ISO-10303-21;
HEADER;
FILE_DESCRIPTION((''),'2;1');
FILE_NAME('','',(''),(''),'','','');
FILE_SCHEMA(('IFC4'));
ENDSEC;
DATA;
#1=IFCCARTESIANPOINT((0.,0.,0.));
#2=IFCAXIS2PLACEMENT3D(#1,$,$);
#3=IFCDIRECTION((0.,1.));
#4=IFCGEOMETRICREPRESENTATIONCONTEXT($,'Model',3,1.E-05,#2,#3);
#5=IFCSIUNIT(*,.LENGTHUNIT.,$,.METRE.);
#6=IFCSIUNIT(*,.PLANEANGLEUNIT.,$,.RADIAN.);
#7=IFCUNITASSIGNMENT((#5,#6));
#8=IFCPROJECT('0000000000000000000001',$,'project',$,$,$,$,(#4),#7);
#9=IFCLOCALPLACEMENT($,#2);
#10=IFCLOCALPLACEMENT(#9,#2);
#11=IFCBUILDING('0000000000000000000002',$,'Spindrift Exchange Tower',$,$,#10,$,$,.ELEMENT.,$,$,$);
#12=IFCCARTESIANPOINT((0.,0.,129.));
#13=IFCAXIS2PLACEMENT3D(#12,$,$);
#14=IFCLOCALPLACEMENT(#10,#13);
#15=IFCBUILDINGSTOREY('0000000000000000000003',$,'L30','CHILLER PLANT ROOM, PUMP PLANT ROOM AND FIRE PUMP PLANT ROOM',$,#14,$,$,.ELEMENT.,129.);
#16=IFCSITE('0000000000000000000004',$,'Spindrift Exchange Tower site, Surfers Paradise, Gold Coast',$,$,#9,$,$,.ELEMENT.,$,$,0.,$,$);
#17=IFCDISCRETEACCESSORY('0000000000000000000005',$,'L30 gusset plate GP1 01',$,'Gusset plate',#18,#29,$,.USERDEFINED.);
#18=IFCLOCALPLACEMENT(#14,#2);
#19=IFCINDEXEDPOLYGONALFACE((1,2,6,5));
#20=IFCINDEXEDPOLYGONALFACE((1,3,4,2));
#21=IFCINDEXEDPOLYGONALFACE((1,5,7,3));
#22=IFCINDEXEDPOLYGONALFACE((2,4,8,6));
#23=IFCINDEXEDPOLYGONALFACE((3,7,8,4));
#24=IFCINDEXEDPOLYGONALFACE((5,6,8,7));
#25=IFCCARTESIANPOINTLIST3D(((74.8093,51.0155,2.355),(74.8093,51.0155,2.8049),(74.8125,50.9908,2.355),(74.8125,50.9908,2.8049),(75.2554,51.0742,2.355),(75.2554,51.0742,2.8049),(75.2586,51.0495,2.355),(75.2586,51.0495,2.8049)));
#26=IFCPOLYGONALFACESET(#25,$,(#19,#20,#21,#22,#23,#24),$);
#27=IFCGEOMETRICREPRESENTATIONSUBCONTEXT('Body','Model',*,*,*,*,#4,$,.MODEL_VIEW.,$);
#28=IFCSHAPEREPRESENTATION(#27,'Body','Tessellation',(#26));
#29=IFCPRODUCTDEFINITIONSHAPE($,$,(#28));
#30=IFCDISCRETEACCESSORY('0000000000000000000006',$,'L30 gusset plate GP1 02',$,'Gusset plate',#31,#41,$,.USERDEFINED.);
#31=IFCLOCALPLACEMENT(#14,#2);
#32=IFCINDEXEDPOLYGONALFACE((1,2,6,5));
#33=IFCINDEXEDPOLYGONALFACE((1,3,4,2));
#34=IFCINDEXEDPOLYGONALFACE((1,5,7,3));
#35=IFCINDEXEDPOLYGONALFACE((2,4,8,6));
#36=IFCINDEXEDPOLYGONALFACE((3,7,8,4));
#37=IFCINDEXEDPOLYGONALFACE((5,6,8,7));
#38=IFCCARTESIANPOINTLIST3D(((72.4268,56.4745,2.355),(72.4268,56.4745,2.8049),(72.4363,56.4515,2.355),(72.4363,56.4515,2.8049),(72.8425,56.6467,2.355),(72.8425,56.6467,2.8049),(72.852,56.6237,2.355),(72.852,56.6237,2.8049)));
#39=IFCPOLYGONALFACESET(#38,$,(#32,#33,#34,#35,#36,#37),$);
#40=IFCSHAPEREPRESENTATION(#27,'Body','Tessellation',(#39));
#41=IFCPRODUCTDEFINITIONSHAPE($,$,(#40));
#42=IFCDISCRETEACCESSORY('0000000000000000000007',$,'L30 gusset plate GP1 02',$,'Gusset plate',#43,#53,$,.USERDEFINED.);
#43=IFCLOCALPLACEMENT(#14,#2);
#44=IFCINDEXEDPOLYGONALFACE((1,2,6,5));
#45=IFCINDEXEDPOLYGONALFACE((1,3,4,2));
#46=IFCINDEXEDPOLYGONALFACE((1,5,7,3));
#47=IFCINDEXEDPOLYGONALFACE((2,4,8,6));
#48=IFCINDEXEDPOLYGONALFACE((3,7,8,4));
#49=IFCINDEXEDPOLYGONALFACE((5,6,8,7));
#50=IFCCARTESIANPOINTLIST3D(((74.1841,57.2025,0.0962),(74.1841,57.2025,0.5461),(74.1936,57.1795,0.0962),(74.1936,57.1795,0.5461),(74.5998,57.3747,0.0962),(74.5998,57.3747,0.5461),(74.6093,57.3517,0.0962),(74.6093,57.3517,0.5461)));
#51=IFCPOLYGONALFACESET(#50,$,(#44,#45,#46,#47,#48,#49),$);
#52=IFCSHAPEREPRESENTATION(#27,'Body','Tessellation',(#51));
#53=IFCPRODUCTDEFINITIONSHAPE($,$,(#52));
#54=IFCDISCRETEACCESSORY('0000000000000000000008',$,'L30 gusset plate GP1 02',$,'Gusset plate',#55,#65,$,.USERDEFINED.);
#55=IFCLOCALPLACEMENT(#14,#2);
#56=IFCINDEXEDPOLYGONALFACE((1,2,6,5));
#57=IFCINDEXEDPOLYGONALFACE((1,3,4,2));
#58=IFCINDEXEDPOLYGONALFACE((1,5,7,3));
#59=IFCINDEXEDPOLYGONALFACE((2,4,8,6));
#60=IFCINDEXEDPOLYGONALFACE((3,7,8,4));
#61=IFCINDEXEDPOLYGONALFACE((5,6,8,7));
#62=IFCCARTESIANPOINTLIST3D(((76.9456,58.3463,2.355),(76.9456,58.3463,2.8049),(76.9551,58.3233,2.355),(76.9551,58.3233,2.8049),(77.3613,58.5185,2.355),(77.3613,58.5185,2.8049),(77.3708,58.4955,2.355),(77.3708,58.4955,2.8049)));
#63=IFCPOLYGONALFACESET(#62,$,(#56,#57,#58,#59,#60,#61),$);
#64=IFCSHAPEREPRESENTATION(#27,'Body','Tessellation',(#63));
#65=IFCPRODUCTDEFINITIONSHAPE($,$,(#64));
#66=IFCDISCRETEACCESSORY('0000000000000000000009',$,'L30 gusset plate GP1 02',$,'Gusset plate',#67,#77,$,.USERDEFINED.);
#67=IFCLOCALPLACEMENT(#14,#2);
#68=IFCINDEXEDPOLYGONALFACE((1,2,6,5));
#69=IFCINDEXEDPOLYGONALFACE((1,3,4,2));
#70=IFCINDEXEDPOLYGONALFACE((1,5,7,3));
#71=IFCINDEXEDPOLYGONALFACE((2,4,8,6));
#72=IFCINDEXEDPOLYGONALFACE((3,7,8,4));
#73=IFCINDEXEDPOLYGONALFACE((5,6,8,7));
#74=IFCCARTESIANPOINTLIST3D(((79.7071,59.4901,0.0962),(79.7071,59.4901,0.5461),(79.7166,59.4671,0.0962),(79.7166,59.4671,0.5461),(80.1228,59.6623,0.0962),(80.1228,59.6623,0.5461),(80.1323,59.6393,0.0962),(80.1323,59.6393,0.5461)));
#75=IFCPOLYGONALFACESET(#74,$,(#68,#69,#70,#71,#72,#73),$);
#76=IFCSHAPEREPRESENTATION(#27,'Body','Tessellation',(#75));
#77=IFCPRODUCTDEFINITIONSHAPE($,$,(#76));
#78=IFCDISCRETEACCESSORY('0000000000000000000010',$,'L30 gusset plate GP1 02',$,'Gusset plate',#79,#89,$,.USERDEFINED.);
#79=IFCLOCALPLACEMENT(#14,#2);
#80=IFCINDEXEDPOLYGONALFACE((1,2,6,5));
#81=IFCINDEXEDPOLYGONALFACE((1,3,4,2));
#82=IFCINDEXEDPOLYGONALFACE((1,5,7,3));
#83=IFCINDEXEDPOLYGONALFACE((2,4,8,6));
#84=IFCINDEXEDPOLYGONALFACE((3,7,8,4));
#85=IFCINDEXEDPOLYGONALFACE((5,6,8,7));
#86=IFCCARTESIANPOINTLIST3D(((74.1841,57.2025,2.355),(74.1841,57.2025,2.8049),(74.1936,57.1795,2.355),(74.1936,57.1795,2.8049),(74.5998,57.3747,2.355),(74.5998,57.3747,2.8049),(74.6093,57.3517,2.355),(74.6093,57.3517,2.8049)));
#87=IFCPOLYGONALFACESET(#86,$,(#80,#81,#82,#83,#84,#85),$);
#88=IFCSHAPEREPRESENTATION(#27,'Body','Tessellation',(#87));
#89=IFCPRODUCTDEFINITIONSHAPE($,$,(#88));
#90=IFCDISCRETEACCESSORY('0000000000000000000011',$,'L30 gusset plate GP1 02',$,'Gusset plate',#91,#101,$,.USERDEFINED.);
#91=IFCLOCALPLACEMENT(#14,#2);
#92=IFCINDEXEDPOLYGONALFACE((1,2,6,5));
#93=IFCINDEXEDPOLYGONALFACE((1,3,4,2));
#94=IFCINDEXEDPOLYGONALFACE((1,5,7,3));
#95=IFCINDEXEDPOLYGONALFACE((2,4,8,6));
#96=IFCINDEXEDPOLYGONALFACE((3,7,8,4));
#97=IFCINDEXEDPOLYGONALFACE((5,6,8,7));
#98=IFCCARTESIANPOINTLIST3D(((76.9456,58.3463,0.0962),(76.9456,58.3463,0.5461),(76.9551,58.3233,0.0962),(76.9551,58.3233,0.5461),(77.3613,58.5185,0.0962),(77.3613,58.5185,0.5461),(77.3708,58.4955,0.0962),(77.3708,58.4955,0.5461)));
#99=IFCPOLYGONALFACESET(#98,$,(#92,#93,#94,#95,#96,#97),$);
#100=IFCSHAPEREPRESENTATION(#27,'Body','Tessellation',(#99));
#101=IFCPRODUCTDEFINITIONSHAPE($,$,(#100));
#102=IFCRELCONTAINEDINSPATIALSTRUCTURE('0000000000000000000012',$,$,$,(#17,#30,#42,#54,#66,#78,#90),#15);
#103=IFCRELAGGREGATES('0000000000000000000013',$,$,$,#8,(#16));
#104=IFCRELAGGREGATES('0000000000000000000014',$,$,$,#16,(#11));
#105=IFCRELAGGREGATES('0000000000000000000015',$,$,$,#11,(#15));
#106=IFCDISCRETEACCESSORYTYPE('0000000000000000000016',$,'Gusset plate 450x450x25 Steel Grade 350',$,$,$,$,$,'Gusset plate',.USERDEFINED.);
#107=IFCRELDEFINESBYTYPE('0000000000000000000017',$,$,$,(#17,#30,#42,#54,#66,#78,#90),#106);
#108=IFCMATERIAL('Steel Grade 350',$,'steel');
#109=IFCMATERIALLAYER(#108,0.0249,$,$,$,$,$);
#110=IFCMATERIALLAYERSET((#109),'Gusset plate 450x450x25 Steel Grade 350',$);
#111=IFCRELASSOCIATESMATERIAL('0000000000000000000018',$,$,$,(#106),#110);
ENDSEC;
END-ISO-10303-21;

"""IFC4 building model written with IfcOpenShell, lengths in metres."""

from ifc_helpers import new_model, si_unit, direction, frame, origin, origin_2d, place, context, subcontext, project, spatial, rectangle, extrude, source, transform, mapped, material, layer, layer_set, type_object, element, save


model = new_model("IFC4")

# Units and contexts
model_context = context("Model", 3, precision=1e-05, world=origin(), true_north=direction((0.0, 1.0)))
body_context = subcontext(model_context, "Body", "Model", "MODEL_VIEW")
ifc_project = project(units=[si_unit("LENGTHUNIT", "METRE"), si_unit("PLANEANGLEUNIT", "RADIAN")], contexts=[model_context])

# Site, building, storey
site_placement = place(None, origin())
site = spatial("IfcSite", under=ifc_project, at=site_placement, Name="Spindrift Exchange Tower site, Surfers Paradise, Gold Coast", CompositionType="ELEMENT", RefElevation=0.0)
building_placement = place(site_placement, origin())
building = spatial("IfcBuilding", under=site, at=building_placement, Name="Spindrift Exchange Tower", CompositionType="ELEMENT")
storey_placement = place(building_placement, frame((0.0, 0.0, 129.0)))
storey = spatial("IfcBuildingStorey", under=building, at=storey_placement, Name="L30", Description="CHILLER PLANT ROOM, PUMP PLANT ROOM AND FIRE PUMP PLANT ROOM", CompositionType="ELEMENT", Elevation=129.0)

# Discrete accessories
ifc_material_1 = material(Name="Steel Grade 350", Category="steel")
ifc_layer_1 = layer(ifc_material_1, 0.0249)
ifc_layer_set_1 = layer_set([ifc_layer_1], Name="Gusset plate 450x450x25 Steel Grade 350")
discrete_accessory_type = type_object("IfcDiscreteAccessoryType", Name="Gusset plate 450x450x25 Steel Grade 350", ElementType="Gusset plate", PredefinedType="USERDEFINED", material=ifc_layer_set_1)
shared_shape_1 = source(origin(), body_context, "Body", "SweptSolid", [
    extrude(rectangle(XDim=0.45, YDim=0.0249, at=origin_2d()), origin(), (0.0, 0.0, 1.0), 0.45),
])
for number, where, z_axis, x_axis, name in (
    (1, (75.0339, 51.0325, 2.355), (0.0, 0.0, 1.0), (0.991446, 0.130514, 0.0), "L30 gusset plate GP1 01"),
    (2, (72.6394, 56.5491, 2.355), (0.0, 0.0, 1.0), (0.923887, 0.382666, 0.0), "L30 gusset plate GP1 02"),
    (3, (74.3967, 57.2771, 0.0962), (0.0, 0.0, 1.0), (0.923887, 0.382666, 0.0), "L30 gusset plate GP1 02"),
    (4, (77.1582, 58.4209, 2.355), (0.0, 0.0, 1.0), (0.923874, 0.382698, 0.0), "L30 gusset plate GP1 02"),
    (5, (79.9197, 59.5647, 0.0962), (0.0, 0.0, 1.0), (0.923881, 0.38268, 0.0), "L30 gusset plate GP1 02"),
    (6, (74.3967, 57.2771, 2.355), (0.0, 0.0, 1.0), (0.92388, 0.382683, 0.0), "L30 gusset plate GP1 02"),
    (7, (77.1582, 58.4209, 0.0962), (0.0, 0.0, 1.0), (0.92388, 0.382683, 0.0), "L30 gusset plate GP1 02"),
):
    element("IfcDiscreteAccessory", number, at=place(storey_placement, frame(where, z_axis=z_axis, x_axis=x_axis)), inside=storey, type_object=discrete_accessory_type, Name=name, ObjectType="Gusset plate", PredefinedType="USERDEFINED", context=body_context, shape_type="MappedRepresentation", body=[
        mapped(shared_shape_1, transform((0.0, 0.0, 0.0), scale=1.0)),
    ])

save(model, "model.ifc")
